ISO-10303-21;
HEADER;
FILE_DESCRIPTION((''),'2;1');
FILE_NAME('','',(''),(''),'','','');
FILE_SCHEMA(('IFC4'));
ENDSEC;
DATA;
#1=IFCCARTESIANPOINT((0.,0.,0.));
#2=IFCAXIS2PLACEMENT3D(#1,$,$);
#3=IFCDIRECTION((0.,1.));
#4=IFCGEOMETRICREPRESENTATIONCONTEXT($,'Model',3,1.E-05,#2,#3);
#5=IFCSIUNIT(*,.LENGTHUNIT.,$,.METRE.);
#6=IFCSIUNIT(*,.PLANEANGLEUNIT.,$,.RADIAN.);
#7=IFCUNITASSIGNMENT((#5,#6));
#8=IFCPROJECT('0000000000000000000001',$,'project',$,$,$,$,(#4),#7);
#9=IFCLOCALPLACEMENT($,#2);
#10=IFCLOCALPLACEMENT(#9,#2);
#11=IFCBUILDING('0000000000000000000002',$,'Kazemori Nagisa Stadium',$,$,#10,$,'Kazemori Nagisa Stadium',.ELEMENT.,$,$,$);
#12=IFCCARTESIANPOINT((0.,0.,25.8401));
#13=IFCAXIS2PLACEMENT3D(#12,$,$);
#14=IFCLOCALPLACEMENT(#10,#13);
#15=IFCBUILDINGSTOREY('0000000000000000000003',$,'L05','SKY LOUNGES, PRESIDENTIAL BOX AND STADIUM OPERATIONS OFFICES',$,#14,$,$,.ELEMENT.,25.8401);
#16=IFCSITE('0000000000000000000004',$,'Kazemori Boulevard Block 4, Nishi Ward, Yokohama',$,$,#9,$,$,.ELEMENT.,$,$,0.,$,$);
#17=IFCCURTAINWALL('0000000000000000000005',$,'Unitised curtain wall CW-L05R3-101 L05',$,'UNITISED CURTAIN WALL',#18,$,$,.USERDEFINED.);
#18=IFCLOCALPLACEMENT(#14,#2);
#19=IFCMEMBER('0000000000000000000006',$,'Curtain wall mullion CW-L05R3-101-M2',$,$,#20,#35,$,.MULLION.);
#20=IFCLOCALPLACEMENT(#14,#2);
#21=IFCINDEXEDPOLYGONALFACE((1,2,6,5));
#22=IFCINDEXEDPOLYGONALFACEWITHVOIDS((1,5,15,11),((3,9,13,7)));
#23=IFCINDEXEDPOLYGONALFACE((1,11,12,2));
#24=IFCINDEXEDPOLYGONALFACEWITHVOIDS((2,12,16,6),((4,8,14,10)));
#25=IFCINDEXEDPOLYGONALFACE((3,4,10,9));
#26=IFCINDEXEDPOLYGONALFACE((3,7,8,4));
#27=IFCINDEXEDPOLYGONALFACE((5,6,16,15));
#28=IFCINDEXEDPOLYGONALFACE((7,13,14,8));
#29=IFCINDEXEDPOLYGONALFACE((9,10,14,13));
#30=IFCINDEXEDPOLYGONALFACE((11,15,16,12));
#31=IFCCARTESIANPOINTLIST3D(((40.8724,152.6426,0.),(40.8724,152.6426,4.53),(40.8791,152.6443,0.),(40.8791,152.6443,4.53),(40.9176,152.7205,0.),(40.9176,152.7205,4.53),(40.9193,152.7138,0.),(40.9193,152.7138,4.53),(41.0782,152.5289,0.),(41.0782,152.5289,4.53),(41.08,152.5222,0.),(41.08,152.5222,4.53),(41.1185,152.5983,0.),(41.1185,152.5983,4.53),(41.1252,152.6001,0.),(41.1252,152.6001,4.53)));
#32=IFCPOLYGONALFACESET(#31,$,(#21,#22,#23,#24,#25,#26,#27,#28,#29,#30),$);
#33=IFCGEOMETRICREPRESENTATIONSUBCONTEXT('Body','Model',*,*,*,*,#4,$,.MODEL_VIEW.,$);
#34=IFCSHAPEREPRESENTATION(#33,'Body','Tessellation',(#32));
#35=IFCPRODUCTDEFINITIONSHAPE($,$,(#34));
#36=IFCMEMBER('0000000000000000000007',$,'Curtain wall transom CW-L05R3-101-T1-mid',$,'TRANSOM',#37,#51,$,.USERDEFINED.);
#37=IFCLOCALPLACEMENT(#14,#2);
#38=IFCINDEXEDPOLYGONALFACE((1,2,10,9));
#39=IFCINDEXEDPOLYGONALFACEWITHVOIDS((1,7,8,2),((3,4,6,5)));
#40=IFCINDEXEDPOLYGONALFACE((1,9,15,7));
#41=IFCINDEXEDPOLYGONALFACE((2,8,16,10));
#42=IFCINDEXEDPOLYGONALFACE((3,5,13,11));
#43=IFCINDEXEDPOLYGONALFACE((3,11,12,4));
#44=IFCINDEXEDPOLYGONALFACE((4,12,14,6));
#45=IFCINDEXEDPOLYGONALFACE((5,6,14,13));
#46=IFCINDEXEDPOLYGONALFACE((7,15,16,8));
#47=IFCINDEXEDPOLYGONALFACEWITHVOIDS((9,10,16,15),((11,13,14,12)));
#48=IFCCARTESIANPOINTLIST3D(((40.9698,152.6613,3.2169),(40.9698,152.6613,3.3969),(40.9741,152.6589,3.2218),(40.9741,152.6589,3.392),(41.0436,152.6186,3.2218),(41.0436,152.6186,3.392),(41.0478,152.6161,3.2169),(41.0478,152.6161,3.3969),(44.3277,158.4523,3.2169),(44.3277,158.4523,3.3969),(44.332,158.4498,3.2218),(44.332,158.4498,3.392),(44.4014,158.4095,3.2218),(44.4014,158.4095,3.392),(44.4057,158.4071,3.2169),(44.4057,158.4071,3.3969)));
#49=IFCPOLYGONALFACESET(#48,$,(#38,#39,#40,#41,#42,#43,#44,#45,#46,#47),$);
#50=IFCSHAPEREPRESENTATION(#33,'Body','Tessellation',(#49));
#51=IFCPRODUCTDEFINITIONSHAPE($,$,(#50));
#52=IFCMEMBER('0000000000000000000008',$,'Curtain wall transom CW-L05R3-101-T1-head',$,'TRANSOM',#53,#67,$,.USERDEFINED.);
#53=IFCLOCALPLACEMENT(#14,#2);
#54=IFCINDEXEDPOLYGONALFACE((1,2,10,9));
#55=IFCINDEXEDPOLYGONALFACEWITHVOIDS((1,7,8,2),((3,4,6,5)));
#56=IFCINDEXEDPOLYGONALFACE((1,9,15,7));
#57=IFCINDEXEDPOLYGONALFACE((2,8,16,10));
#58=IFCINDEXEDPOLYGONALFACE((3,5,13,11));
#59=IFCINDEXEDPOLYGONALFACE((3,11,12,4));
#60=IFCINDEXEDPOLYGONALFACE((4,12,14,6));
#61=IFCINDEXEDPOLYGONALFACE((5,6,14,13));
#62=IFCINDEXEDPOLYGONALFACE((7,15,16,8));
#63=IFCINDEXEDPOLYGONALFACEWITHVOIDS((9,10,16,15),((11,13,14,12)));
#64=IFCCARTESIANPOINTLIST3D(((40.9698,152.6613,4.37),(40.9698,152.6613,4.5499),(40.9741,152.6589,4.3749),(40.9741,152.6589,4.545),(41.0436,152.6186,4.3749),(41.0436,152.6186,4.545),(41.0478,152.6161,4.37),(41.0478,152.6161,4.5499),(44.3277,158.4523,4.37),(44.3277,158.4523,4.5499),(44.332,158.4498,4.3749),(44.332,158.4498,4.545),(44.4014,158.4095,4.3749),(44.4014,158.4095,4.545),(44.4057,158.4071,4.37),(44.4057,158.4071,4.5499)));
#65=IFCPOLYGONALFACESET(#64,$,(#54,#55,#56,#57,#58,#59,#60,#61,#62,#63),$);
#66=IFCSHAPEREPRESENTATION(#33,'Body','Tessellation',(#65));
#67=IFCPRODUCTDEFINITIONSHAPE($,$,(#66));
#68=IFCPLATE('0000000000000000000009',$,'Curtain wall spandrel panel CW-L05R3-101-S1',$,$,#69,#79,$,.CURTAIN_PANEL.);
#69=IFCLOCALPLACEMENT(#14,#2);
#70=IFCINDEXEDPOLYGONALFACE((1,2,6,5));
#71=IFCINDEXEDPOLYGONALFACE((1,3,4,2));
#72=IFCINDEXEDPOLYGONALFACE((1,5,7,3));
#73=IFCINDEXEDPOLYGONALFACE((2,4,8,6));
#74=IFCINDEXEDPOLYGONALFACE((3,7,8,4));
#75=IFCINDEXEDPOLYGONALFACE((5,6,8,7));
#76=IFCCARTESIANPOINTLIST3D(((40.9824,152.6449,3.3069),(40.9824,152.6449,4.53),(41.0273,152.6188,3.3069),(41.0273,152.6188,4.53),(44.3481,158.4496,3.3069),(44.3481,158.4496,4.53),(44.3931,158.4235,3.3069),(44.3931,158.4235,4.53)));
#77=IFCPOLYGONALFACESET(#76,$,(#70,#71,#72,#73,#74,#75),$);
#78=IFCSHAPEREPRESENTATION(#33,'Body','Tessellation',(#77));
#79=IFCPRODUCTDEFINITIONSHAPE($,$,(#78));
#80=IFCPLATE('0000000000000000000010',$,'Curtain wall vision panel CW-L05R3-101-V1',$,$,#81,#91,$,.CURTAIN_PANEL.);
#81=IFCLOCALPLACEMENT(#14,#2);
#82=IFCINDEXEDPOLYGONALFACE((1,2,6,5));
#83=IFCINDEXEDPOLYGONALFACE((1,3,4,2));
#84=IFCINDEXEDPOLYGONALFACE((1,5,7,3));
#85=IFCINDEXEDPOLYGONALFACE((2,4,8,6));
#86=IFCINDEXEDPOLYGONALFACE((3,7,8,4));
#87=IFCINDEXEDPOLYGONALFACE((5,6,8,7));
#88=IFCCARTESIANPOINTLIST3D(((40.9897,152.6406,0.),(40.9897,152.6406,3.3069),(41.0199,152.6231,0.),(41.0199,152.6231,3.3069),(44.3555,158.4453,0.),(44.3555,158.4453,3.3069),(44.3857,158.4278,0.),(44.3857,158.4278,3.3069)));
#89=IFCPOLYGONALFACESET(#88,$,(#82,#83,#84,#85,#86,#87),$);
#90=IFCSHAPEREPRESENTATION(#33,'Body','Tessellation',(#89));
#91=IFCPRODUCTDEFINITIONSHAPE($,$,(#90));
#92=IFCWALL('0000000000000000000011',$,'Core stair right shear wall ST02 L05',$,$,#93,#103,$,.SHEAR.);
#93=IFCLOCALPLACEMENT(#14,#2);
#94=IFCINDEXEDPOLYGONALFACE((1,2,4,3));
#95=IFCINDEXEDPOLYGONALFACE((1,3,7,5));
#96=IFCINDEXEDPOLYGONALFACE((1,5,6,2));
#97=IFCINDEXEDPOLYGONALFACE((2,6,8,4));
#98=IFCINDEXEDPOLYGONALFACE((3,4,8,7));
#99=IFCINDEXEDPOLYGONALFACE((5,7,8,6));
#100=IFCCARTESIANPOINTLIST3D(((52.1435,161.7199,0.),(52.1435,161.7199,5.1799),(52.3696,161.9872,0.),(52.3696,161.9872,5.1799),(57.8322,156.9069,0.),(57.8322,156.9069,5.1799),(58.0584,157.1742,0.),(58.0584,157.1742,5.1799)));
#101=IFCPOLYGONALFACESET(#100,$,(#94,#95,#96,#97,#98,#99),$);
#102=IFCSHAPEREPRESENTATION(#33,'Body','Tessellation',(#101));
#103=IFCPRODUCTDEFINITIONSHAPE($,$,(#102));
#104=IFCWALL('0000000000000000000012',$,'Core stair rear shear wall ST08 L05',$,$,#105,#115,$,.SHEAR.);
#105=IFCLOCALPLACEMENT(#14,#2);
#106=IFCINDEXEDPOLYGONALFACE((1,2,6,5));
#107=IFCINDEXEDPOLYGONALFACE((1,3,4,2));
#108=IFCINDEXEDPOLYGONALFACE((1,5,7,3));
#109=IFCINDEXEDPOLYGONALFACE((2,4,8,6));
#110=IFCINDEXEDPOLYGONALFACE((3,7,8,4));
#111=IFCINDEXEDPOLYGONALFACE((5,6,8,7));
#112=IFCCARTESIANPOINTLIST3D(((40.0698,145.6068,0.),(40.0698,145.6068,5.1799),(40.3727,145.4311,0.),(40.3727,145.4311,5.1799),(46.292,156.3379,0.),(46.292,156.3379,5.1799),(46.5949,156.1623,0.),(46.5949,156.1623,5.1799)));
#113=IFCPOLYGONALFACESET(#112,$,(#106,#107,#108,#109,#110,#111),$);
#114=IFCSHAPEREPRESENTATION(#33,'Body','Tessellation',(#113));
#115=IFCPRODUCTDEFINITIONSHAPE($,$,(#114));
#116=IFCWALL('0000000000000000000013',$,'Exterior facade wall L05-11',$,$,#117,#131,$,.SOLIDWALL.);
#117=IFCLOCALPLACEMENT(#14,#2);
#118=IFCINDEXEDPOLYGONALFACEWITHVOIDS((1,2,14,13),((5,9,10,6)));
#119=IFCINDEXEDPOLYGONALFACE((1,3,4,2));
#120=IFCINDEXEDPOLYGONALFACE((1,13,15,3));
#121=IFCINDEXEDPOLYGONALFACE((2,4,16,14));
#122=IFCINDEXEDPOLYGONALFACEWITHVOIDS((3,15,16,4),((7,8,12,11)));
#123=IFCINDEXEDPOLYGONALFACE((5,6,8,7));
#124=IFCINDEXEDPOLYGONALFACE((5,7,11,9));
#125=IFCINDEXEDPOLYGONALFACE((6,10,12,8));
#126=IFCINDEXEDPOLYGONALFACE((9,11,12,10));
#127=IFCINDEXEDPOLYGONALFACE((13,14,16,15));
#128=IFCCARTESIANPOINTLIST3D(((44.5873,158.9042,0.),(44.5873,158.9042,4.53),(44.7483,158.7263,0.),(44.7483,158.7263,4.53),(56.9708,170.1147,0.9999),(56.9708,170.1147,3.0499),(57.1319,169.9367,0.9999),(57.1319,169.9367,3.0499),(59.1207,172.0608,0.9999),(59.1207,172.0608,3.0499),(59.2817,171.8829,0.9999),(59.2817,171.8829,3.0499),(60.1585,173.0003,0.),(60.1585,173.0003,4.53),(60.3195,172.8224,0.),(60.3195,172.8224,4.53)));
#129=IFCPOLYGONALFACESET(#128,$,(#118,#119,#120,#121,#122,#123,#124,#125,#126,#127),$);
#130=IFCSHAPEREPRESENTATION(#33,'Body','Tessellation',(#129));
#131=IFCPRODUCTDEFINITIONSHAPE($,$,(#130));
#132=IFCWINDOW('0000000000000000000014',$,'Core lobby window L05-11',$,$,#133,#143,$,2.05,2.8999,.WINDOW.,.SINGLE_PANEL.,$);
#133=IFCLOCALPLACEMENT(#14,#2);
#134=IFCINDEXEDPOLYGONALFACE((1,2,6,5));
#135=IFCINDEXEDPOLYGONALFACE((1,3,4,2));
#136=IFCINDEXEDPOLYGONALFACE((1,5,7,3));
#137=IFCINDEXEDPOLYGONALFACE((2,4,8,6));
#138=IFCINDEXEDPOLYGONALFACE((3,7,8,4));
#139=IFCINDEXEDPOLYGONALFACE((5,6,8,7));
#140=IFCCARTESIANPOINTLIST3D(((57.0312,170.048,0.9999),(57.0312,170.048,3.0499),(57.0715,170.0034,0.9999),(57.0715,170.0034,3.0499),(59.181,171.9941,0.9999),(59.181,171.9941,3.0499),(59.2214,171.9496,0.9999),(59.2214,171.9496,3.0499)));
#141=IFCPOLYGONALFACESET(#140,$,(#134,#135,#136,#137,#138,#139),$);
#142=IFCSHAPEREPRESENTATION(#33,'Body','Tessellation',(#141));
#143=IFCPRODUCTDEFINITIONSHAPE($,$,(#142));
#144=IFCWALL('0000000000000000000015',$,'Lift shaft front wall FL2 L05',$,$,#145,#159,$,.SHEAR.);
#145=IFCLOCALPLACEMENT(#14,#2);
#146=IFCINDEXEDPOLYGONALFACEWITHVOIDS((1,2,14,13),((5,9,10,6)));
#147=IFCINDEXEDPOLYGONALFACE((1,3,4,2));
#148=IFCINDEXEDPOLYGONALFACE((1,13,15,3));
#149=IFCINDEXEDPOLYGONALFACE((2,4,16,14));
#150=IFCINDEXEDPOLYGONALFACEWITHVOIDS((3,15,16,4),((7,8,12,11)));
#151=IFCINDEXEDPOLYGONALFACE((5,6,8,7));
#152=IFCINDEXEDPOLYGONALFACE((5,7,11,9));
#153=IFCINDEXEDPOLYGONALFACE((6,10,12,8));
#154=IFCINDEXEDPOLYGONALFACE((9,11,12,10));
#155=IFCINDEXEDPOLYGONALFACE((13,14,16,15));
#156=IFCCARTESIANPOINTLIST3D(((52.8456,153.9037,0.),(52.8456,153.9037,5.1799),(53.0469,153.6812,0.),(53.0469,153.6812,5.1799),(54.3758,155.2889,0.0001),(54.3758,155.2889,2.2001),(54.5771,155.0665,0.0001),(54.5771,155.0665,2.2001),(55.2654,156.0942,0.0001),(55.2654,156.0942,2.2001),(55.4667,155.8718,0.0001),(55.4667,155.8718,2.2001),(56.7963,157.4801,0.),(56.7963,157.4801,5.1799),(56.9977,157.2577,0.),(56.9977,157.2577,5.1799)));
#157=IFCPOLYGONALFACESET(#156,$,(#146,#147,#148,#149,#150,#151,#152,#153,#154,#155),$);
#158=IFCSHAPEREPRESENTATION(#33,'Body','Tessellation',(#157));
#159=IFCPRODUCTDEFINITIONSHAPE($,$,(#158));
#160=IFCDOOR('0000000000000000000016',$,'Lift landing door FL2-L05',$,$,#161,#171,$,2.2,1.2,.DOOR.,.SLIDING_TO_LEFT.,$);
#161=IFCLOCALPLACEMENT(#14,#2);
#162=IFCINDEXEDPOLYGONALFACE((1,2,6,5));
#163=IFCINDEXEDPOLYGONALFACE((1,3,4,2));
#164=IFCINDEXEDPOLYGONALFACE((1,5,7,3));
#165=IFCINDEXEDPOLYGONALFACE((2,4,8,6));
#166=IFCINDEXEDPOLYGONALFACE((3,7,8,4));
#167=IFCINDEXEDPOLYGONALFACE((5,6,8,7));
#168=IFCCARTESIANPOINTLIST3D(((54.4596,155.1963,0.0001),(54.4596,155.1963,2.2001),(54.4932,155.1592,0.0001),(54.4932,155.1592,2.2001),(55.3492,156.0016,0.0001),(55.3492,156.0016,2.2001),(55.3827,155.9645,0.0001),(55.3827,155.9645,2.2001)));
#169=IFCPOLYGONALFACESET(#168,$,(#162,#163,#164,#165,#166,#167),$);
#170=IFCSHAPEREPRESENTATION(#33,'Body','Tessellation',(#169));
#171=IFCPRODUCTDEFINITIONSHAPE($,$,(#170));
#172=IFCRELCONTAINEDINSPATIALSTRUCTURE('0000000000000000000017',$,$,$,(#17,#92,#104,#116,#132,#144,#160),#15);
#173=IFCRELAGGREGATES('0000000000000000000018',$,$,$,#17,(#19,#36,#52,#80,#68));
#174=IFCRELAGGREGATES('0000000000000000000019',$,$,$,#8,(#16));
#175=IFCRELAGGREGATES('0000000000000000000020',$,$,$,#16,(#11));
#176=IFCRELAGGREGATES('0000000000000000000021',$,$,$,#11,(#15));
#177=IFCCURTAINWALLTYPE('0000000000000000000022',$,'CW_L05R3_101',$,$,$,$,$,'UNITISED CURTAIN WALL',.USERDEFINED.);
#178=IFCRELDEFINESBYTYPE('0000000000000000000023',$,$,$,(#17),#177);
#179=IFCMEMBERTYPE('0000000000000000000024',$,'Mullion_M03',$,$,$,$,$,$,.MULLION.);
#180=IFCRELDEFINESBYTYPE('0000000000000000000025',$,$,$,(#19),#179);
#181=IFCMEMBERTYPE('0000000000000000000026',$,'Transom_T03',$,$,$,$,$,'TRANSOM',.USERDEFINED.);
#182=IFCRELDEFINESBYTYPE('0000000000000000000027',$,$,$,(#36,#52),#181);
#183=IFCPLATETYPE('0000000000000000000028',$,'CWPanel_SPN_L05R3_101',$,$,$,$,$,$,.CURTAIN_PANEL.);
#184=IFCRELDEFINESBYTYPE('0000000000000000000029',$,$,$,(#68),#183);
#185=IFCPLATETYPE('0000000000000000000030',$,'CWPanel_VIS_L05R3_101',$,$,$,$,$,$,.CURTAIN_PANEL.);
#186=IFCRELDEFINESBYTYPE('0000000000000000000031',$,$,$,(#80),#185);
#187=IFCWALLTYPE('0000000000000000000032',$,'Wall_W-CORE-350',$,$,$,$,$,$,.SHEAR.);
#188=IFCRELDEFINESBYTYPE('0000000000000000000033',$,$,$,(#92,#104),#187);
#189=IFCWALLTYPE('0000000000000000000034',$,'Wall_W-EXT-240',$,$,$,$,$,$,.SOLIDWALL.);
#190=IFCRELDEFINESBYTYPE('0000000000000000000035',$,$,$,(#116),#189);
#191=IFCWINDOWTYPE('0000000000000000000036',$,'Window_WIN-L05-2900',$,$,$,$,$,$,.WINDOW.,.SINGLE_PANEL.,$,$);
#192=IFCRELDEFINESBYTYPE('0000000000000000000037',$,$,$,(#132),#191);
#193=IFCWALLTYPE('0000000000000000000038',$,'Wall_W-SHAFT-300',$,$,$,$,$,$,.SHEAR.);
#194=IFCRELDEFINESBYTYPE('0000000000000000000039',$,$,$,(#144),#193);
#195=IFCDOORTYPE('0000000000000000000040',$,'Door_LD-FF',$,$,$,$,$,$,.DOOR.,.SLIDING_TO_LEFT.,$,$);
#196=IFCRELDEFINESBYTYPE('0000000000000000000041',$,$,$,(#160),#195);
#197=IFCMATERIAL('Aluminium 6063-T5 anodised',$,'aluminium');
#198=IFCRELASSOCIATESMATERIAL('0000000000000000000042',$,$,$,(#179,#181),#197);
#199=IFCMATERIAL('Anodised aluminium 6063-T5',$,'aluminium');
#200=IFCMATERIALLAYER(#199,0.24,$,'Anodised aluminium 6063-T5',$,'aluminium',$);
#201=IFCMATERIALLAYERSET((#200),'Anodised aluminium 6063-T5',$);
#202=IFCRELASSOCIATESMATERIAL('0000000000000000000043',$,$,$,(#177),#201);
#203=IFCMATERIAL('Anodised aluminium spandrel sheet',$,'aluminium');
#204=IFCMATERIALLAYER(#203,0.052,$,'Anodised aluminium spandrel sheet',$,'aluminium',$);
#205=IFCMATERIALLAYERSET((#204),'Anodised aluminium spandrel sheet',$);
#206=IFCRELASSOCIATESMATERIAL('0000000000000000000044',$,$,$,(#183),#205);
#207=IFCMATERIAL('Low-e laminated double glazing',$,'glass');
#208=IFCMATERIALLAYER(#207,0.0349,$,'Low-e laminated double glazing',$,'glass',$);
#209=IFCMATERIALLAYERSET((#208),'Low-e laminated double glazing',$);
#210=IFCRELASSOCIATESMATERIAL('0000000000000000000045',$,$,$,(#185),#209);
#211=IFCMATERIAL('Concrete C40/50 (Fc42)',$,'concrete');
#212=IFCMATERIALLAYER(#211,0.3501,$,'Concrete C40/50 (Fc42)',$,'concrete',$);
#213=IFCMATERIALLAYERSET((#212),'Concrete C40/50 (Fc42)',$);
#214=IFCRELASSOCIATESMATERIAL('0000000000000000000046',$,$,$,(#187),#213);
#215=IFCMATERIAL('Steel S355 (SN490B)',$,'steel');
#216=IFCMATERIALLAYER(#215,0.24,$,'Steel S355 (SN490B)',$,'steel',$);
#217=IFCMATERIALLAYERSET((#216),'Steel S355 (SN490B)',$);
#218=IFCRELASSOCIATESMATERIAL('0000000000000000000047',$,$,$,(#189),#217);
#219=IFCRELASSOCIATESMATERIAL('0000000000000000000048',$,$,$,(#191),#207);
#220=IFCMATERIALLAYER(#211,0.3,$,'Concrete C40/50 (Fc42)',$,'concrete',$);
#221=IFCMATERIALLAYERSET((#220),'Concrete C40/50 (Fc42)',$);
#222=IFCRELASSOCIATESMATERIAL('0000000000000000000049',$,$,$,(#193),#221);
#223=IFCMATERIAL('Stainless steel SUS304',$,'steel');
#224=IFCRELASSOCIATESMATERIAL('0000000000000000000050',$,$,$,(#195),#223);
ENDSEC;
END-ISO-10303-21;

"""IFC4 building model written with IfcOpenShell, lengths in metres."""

from ifc_helpers import new_model, si_unit, direction, frame, frame_2d, origin, origin_2d, place, context, subcontext, project, spatial, rectangle, hollow_rectangle, extrude, material, layer, layer_set, material_profile, profile_set, type_object, element, fill, aggregate, save


model = new_model("IFC4")

# Units and contexts
model_context = context("Model", 3, precision=1e-05, world=origin(), true_north=direction((0.0, 1.0)))
body_context = subcontext(model_context, "Body", "Model", "MODEL_VIEW")
ifc_project = project(units=[si_unit("LENGTHUNIT", "METRE"), si_unit("PLANEANGLEUNIT", "RADIAN")], contexts=[model_context])

# Site, building, storey
site_placement = place(None, origin())
site = spatial("IfcSite", under=ifc_project, at=site_placement, Name="Kazemori Boulevard Block 4, Nishi Ward, Yokohama", CompositionType="ELEMENT", RefElevation=0.0)
building_placement = place(site_placement, origin())
building = spatial("IfcBuilding", under=site, at=building_placement, Name="Kazemori Nagisa Stadium", LongName="Kazemori Nagisa Stadium", CompositionType="ELEMENT")
storey_placement = place(building_placement, frame((0.0, 0.0, 25.8401)))
storey = spatial("IfcBuildingStorey", under=building, at=storey_placement, Name="L05", Description="SKY LOUNGES, PRESIDENTIAL BOX AND STADIUM OPERATIONS OFFICES", CompositionType="ELEMENT", Elevation=25.8401)

# Shared definitions
ifc_material_1 = material(Name="Concrete C40/50 (Fc42)", Category="concrete")

# Shared definitions
ifc_material_2 = material(Name="Anodised aluminium 6063-T5", Category="aluminium")
ifc_material_3 = material(Name="Aluminium 6063-T5 anodised", Category="aluminium")
ifc_material_profile_1 = material_profile(ifc_material_3, hollow_rectangle(XDim=0.0901, YDim=0.24, WallThickness=0.0049, at=origin_2d()), Name="ALU-MULL-90x240x5")
ifc_profile_set_1 = profile_set([ifc_material_profile_1], Name="Aluminium 6063-T5 anodised")
member_type_1 = type_object("IfcMemberType", Name="Mullion_M03", PredefinedType="MULLION", material=ifc_profile_set_1)

# Curtain wall, members, plates
ifc_layer_1 = layer(ifc_material_2, 0.24, Name="Anodised aluminium 6063-T5", Category="aluminium")
ifc_layer_set_1 = layer_set([ifc_layer_1], Name="Anodised aluminium 6063-T5")
curtain_wall_type_1 = type_object("IfcCurtainWallType", Name="CW_L05R3_101", ElementType="UNITISED CURTAIN WALL", PredefinedType="USERDEFINED", material=ifc_layer_set_1)
curtain_wall_1_placement = place(storey_placement, origin())
curtain_wall_1 = element("IfcCurtainWall", 1, at=curtain_wall_1_placement, inside=storey, type_object=curtain_wall_type_1, Name="Unitised curtain wall CW-L05R3-101 L05", ObjectType="UNITISED CURTAIN WALL", PredefinedType="USERDEFINED")
member_1_placement = place(storey_placement, frame((40.9988, 152.6213, 0.0), z_axis=(0.0, 0.0, 1.0), x_axis=(-0.501612, -0.865093, 0.0)))
member_1 = element("IfcMember", 2, at=member_1_placement, type_object=member_type_1, Name="Curtain wall mullion CW-L05R3-101-M2", PredefinedType="MULLION", context=body_context, shape_type="SweptSolid", body=[
    extrude(hollow_rectangle(XDim=0.0901, YDim=0.24, WallThickness=0.0049, at=origin_2d()), origin(), (0.0, 0.0, 1.0), 4.53),
])
ifc_material_profile_2 = material_profile(ifc_material_3, hollow_rectangle(XDim=0.0901, YDim=0.1799, WallThickness=0.0049, at=origin_2d()), Name="ALU-TRAN-90x180x5")
ifc_profile_set_2 = profile_set([ifc_material_profile_2], Name="Aluminium 6063-T5 anodised")
member_type_2 = type_object("IfcMemberType", Name="Transom_T03", ElementType="TRANSOM", PredefinedType="USERDEFINED", material=ifc_profile_set_2)
member_2_placement = place(storey_placement, frame((44.3667, 158.4297, 3.3069), z_axis=(-0.50162, -0.865088, 0.0), x_axis=(0.865088, -0.50162, 0.0)))
member_2 = element("IfcMember", 3, at=member_2_placement, type_object=member_type_2, Name="Curtain wall transom CW-L05R3-101-T1-mid", ObjectType="TRANSOM", PredefinedType="USERDEFINED", context=body_context, shape_type="SweptSolid", body=[
    extrude(hollow_rectangle(XDim=0.0901, YDim=0.1799, WallThickness=0.0049, at=origin_2d()), origin(), (0.0, 0.0, 1.0), 6.6941),
])
member_3_placement = place(storey_placement, frame((44.3667, 158.4297, 4.46), z_axis=(-0.50162, -0.865088, 0.0), x_axis=(0.865088, -0.50162, 0.0)))
member_3 = element("IfcMember", 4, at=member_3_placement, type_object=member_type_2, Name="Curtain wall transom CW-L05R3-101-T1-head", ObjectType="TRANSOM", PredefinedType="USERDEFINED", context=body_context, shape_type="SweptSolid", body=[
    extrude(hollow_rectangle(XDim=0.0901, YDim=0.1799, WallThickness=0.0049, at=origin_2d()), origin(), (0.0, 0.0, 1.0), 6.6941),
])
ifc_material_4 = material(Name="Anodised aluminium spandrel sheet", Category="aluminium")
ifc_layer_2 = layer(ifc_material_4, 0.052, Name="Anodised aluminium spandrel sheet", Category="aluminium")
ifc_layer_set_2 = layer_set([ifc_layer_2], Name="Anodised aluminium spandrel sheet")
plate_type_1 = type_object("IfcPlateType", Name="CWPanel_SPN_L05R3_101", PredefinedType="CURTAIN_PANEL", material=ifc_layer_set_2)
plate_1_placement = place(storey_placement, frame((42.6877, 155.5342, 3.3069), z_axis=(0.0, 0.0, 1.0), x_axis=(-0.501612, -0.865093, 0.0)))
plate_1 = element("IfcPlate", 5, at=plate_1_placement, type_object=plate_type_1, Name="Curtain wall spandrel panel CW-L05R3-101-S1", PredefinedType="CURTAIN_PANEL", context=body_context, shape_type="SweptSolid", body=[
    extrude(rectangle(XDim=6.71, YDim=0.052, at=origin_2d()), origin(), (0.0, 0.0, 1.0), 1.2231),
])
ifc_material_5 = material(Name="Low-e laminated double glazing", Category="glass")
ifc_layer_3 = layer(ifc_material_5, 0.0349, Name="Low-e laminated double glazing", Category="glass")
ifc_layer_set_3 = layer_set([ifc_layer_3], Name="Low-e laminated double glazing")
plate_type_2 = type_object("IfcPlateType", Name="CWPanel_VIS_L05R3_101", PredefinedType="CURTAIN_PANEL", material=ifc_layer_set_3)
plate_2_placement = place(storey_placement, frame((42.6877, 155.5342, 0.0), z_axis=(0.0, 0.0, 1.0), x_axis=(-0.501612, -0.865093, 0.0)))
plate_2 = element("IfcPlate", 6, at=plate_2_placement, type_object=plate_type_2, Name="Curtain wall vision panel CW-L05R3-101-V1", PredefinedType="CURTAIN_PANEL", context=body_context, shape_type="SweptSolid", body=[
    extrude(rectangle(XDim=6.71, YDim=0.0349, at=origin_2d()), origin(), (0.0, 0.0, 1.0), 3.3069),
])
aggregate(curtain_wall_1, [member_1, member_2, member_3, plate_2, plate_1])

# Walls
ifc_layer_4 = layer(ifc_material_1, 0.3501, Name="Concrete C40/50 (Fc42)", Category="concrete")
ifc_layer_set_4 = layer_set([ifc_layer_4], Name="Concrete C40/50 (Fc42)")
wall_type_1 = type_object("IfcWallType", Name="Wall_W-CORE-350", PredefinedType="SHEAR", material=ifc_layer_set_4)
wall_1_placement = place(storey_placement, frame((57.9453, 157.0405, 0.0), z_axis=(0.0, 0.0, 1.0), x_axis=(-0.763422, 0.6459, 0.0)))
element("IfcWall", 7, at=wall_1_placement, inside=storey, type_object=wall_type_1, Name="Core stair right shear wall ST02 L05", PredefinedType="SHEAR", context=body_context, shape_type="SweptSolid", body=[
    extrude(rectangle(XDim=7.4517, YDim=0.3501, at=frame_2d((3.7258, 0.0))), origin(), (0.0, 0.0, 1.0), 5.1799),
])
wall_2_placement = place(storey_placement, frame((46.4434, 156.25, 0.0), z_axis=(0.0, 0.0, 1.0), x_axis=(-0.501602, -0.865099, 0.0)))
element("IfcWall", 8, at=wall_2_placement, inside=storey, type_object=wall_type_1, Name="Core stair rear shear wall ST08 L05", PredefinedType="SHEAR", context=body_context, shape_type="SweptSolid", body=[
    extrude(rectangle(XDim=12.4045, YDim=0.3501, at=frame_2d((6.2021, 0.0))), origin(), (0.0, 0.0, 1.0), 5.1799),
])

# Wall, opening, window
ifc_material_6 = material(Name="Steel S355 (SN490B)", Category="steel")
ifc_layer_5 = layer(ifc_material_6, 0.24, Name="Steel S355 (SN490B)", Category="steel")
ifc_layer_set_5 = layer_set([ifc_layer_5], Name="Steel S355 (SN490B)")
wall_type_2 = type_object("IfcWallType", Name="Wall_W-EXT-240", PredefinedType="SOLIDWALL", material=ifc_layer_set_5)
wall_3_placement = place(storey_placement, frame((60.239, 172.9114, 0.0), z_axis=(0.0, 0.0, 1.0), x_axis=(-0.741349, -0.67112, 0.0)))
wall_3 = element("IfcWall", 9, at=wall_3_placement, inside=storey, type_object=wall_type_2, Name="Exterior facade wall L05-11", PredefinedType="SOLIDWALL", context=body_context, shape_type="SweptSolid", body=[
    extrude(rectangle(XDim=21.0039, YDim=0.24, at=frame_2d((10.502, 0.0))), origin(), (0.0, 0.0, 1.0), 4.53),
])
opening_1_placement = place(wall_3_placement, frame((1.3999, 0.0, 1.0)))
opening_1 = element("IfcOpeningElement", 10, at=opening_1_placement, cuts=wall_3, PredefinedType="OPENING", context=body_context, shape_type="SweptSolid", body=[
    extrude(rectangle(XDim=2.8999, YDim=2.05, at=frame_2d((1.45, 1.0249))), frame((0.0, 0.1299, 0.0), z_axis=(0.0, -1.0, 0.0), x_axis=(1.0, 0.0, 0.0)), (0.0, 0.0, 1.0), 0.26),
])
window_type = type_object("IfcWindowType", Name="Window_WIN-L05-2900", PartitioningType="SINGLE_PANEL", PredefinedType="WINDOW", material=ifc_material_5)
window_placement = place(opening_1_placement, origin())
window = element("IfcWindow", 11, at=window_placement, inside=storey, type_object=window_type, Name="Core lobby window L05-11", OverallHeight=2.05, OverallWidth=2.8999, PartitioningType="SINGLE_PANEL", PredefinedType="WINDOW", context=body_context, shape_type="SweptSolid", body=[
    extrude(rectangle(XDim=2.8999, YDim=2.05, at=frame_2d((1.45, 1.0249))), frame((0.0, 0.03, 0.0), z_axis=(0.0, -1.0, 0.0), x_axis=(1.0, 0.0, 0.0)), (0.0, 0.0, 1.0), 0.0601),
])
fill(opening_1, window)

# Wall, opening, door
ifc_layer_6 = layer(ifc_material_1, 0.3, Name="Concrete C40/50 (Fc42)", Category="concrete")
ifc_layer_set_6 = layer_set([ifc_layer_6], Name="Concrete C40/50 (Fc42)")
wall_type_3 = type_object("IfcWallType", Name="Wall_W-SHAFT-300", PredefinedType="SHEAR", material=ifc_layer_set_6)
wall_4_placement = place(storey_placement, frame((56.897, 157.3689, 0.0), z_axis=(0.0, 0.0, 1.0), x_axis=(-0.74135, -0.671118, 0.0)))
wall_4 = element("IfcWall", 12, at=wall_4_placement, inside=storey, type_object=wall_type_3, Name="Lift shaft front wall FL2 L05", PredefinedType="SHEAR", context=body_context, shape_type="SweptSolid", body=[
    extrude(rectangle(XDim=5.3291, YDim=0.3, at=frame_2d((2.6646, 0.0))), origin(), (0.0, 0.0, 1.0), 5.1799),
])
opening_2_placement = place(wall_4_placement, frame((2.0649, 0.0, 0.0)))
opening_2 = element("IfcOpeningElement", 13, at=opening_2_placement, cuts=wall_4, PredefinedType="OPENING", context=body_context, shape_type="SweptSolid", body=[
    extrude(rectangle(XDim=1.2, YDim=2.2, at=frame_2d((0.6001, 1.1001))), frame((0.0, 0.1599, 0.0), z_axis=(0.0, -1.0, 0.0), x_axis=(1.0, 0.0, 0.0)), (0.0, 0.0, 1.0), 0.3201),
])
ifc_material_7 = material(Name="Stainless steel SUS304", Category="steel")
door_type = type_object("IfcDoorType", Name="Door_LD-FF", OperationType="SLIDING_TO_LEFT", PredefinedType="DOOR", material=ifc_material_7)
door_placement = place(opening_2_placement, origin())
door = element("IfcDoor", 14, at=door_placement, inside=storey, type_object=door_type, Name="Lift landing door FL2-L05", OperationType="SLIDING_TO_LEFT", OverallHeight=2.2, OverallWidth=1.2, PredefinedType="DOOR", context=body_context, shape_type="SweptSolid", body=[
    extrude(rectangle(XDim=1.2, YDim=2.2, at=frame_2d((0.6001, 1.1001))), frame((0.0, 0.0249, 0.0), z_axis=(0.0, -1.0, 0.0), x_axis=(1.0, 0.0, 0.0)), (0.0, 0.0, 1.0), 0.05),
])
fill(opening_2, door)

save(model, "model.ifc")
